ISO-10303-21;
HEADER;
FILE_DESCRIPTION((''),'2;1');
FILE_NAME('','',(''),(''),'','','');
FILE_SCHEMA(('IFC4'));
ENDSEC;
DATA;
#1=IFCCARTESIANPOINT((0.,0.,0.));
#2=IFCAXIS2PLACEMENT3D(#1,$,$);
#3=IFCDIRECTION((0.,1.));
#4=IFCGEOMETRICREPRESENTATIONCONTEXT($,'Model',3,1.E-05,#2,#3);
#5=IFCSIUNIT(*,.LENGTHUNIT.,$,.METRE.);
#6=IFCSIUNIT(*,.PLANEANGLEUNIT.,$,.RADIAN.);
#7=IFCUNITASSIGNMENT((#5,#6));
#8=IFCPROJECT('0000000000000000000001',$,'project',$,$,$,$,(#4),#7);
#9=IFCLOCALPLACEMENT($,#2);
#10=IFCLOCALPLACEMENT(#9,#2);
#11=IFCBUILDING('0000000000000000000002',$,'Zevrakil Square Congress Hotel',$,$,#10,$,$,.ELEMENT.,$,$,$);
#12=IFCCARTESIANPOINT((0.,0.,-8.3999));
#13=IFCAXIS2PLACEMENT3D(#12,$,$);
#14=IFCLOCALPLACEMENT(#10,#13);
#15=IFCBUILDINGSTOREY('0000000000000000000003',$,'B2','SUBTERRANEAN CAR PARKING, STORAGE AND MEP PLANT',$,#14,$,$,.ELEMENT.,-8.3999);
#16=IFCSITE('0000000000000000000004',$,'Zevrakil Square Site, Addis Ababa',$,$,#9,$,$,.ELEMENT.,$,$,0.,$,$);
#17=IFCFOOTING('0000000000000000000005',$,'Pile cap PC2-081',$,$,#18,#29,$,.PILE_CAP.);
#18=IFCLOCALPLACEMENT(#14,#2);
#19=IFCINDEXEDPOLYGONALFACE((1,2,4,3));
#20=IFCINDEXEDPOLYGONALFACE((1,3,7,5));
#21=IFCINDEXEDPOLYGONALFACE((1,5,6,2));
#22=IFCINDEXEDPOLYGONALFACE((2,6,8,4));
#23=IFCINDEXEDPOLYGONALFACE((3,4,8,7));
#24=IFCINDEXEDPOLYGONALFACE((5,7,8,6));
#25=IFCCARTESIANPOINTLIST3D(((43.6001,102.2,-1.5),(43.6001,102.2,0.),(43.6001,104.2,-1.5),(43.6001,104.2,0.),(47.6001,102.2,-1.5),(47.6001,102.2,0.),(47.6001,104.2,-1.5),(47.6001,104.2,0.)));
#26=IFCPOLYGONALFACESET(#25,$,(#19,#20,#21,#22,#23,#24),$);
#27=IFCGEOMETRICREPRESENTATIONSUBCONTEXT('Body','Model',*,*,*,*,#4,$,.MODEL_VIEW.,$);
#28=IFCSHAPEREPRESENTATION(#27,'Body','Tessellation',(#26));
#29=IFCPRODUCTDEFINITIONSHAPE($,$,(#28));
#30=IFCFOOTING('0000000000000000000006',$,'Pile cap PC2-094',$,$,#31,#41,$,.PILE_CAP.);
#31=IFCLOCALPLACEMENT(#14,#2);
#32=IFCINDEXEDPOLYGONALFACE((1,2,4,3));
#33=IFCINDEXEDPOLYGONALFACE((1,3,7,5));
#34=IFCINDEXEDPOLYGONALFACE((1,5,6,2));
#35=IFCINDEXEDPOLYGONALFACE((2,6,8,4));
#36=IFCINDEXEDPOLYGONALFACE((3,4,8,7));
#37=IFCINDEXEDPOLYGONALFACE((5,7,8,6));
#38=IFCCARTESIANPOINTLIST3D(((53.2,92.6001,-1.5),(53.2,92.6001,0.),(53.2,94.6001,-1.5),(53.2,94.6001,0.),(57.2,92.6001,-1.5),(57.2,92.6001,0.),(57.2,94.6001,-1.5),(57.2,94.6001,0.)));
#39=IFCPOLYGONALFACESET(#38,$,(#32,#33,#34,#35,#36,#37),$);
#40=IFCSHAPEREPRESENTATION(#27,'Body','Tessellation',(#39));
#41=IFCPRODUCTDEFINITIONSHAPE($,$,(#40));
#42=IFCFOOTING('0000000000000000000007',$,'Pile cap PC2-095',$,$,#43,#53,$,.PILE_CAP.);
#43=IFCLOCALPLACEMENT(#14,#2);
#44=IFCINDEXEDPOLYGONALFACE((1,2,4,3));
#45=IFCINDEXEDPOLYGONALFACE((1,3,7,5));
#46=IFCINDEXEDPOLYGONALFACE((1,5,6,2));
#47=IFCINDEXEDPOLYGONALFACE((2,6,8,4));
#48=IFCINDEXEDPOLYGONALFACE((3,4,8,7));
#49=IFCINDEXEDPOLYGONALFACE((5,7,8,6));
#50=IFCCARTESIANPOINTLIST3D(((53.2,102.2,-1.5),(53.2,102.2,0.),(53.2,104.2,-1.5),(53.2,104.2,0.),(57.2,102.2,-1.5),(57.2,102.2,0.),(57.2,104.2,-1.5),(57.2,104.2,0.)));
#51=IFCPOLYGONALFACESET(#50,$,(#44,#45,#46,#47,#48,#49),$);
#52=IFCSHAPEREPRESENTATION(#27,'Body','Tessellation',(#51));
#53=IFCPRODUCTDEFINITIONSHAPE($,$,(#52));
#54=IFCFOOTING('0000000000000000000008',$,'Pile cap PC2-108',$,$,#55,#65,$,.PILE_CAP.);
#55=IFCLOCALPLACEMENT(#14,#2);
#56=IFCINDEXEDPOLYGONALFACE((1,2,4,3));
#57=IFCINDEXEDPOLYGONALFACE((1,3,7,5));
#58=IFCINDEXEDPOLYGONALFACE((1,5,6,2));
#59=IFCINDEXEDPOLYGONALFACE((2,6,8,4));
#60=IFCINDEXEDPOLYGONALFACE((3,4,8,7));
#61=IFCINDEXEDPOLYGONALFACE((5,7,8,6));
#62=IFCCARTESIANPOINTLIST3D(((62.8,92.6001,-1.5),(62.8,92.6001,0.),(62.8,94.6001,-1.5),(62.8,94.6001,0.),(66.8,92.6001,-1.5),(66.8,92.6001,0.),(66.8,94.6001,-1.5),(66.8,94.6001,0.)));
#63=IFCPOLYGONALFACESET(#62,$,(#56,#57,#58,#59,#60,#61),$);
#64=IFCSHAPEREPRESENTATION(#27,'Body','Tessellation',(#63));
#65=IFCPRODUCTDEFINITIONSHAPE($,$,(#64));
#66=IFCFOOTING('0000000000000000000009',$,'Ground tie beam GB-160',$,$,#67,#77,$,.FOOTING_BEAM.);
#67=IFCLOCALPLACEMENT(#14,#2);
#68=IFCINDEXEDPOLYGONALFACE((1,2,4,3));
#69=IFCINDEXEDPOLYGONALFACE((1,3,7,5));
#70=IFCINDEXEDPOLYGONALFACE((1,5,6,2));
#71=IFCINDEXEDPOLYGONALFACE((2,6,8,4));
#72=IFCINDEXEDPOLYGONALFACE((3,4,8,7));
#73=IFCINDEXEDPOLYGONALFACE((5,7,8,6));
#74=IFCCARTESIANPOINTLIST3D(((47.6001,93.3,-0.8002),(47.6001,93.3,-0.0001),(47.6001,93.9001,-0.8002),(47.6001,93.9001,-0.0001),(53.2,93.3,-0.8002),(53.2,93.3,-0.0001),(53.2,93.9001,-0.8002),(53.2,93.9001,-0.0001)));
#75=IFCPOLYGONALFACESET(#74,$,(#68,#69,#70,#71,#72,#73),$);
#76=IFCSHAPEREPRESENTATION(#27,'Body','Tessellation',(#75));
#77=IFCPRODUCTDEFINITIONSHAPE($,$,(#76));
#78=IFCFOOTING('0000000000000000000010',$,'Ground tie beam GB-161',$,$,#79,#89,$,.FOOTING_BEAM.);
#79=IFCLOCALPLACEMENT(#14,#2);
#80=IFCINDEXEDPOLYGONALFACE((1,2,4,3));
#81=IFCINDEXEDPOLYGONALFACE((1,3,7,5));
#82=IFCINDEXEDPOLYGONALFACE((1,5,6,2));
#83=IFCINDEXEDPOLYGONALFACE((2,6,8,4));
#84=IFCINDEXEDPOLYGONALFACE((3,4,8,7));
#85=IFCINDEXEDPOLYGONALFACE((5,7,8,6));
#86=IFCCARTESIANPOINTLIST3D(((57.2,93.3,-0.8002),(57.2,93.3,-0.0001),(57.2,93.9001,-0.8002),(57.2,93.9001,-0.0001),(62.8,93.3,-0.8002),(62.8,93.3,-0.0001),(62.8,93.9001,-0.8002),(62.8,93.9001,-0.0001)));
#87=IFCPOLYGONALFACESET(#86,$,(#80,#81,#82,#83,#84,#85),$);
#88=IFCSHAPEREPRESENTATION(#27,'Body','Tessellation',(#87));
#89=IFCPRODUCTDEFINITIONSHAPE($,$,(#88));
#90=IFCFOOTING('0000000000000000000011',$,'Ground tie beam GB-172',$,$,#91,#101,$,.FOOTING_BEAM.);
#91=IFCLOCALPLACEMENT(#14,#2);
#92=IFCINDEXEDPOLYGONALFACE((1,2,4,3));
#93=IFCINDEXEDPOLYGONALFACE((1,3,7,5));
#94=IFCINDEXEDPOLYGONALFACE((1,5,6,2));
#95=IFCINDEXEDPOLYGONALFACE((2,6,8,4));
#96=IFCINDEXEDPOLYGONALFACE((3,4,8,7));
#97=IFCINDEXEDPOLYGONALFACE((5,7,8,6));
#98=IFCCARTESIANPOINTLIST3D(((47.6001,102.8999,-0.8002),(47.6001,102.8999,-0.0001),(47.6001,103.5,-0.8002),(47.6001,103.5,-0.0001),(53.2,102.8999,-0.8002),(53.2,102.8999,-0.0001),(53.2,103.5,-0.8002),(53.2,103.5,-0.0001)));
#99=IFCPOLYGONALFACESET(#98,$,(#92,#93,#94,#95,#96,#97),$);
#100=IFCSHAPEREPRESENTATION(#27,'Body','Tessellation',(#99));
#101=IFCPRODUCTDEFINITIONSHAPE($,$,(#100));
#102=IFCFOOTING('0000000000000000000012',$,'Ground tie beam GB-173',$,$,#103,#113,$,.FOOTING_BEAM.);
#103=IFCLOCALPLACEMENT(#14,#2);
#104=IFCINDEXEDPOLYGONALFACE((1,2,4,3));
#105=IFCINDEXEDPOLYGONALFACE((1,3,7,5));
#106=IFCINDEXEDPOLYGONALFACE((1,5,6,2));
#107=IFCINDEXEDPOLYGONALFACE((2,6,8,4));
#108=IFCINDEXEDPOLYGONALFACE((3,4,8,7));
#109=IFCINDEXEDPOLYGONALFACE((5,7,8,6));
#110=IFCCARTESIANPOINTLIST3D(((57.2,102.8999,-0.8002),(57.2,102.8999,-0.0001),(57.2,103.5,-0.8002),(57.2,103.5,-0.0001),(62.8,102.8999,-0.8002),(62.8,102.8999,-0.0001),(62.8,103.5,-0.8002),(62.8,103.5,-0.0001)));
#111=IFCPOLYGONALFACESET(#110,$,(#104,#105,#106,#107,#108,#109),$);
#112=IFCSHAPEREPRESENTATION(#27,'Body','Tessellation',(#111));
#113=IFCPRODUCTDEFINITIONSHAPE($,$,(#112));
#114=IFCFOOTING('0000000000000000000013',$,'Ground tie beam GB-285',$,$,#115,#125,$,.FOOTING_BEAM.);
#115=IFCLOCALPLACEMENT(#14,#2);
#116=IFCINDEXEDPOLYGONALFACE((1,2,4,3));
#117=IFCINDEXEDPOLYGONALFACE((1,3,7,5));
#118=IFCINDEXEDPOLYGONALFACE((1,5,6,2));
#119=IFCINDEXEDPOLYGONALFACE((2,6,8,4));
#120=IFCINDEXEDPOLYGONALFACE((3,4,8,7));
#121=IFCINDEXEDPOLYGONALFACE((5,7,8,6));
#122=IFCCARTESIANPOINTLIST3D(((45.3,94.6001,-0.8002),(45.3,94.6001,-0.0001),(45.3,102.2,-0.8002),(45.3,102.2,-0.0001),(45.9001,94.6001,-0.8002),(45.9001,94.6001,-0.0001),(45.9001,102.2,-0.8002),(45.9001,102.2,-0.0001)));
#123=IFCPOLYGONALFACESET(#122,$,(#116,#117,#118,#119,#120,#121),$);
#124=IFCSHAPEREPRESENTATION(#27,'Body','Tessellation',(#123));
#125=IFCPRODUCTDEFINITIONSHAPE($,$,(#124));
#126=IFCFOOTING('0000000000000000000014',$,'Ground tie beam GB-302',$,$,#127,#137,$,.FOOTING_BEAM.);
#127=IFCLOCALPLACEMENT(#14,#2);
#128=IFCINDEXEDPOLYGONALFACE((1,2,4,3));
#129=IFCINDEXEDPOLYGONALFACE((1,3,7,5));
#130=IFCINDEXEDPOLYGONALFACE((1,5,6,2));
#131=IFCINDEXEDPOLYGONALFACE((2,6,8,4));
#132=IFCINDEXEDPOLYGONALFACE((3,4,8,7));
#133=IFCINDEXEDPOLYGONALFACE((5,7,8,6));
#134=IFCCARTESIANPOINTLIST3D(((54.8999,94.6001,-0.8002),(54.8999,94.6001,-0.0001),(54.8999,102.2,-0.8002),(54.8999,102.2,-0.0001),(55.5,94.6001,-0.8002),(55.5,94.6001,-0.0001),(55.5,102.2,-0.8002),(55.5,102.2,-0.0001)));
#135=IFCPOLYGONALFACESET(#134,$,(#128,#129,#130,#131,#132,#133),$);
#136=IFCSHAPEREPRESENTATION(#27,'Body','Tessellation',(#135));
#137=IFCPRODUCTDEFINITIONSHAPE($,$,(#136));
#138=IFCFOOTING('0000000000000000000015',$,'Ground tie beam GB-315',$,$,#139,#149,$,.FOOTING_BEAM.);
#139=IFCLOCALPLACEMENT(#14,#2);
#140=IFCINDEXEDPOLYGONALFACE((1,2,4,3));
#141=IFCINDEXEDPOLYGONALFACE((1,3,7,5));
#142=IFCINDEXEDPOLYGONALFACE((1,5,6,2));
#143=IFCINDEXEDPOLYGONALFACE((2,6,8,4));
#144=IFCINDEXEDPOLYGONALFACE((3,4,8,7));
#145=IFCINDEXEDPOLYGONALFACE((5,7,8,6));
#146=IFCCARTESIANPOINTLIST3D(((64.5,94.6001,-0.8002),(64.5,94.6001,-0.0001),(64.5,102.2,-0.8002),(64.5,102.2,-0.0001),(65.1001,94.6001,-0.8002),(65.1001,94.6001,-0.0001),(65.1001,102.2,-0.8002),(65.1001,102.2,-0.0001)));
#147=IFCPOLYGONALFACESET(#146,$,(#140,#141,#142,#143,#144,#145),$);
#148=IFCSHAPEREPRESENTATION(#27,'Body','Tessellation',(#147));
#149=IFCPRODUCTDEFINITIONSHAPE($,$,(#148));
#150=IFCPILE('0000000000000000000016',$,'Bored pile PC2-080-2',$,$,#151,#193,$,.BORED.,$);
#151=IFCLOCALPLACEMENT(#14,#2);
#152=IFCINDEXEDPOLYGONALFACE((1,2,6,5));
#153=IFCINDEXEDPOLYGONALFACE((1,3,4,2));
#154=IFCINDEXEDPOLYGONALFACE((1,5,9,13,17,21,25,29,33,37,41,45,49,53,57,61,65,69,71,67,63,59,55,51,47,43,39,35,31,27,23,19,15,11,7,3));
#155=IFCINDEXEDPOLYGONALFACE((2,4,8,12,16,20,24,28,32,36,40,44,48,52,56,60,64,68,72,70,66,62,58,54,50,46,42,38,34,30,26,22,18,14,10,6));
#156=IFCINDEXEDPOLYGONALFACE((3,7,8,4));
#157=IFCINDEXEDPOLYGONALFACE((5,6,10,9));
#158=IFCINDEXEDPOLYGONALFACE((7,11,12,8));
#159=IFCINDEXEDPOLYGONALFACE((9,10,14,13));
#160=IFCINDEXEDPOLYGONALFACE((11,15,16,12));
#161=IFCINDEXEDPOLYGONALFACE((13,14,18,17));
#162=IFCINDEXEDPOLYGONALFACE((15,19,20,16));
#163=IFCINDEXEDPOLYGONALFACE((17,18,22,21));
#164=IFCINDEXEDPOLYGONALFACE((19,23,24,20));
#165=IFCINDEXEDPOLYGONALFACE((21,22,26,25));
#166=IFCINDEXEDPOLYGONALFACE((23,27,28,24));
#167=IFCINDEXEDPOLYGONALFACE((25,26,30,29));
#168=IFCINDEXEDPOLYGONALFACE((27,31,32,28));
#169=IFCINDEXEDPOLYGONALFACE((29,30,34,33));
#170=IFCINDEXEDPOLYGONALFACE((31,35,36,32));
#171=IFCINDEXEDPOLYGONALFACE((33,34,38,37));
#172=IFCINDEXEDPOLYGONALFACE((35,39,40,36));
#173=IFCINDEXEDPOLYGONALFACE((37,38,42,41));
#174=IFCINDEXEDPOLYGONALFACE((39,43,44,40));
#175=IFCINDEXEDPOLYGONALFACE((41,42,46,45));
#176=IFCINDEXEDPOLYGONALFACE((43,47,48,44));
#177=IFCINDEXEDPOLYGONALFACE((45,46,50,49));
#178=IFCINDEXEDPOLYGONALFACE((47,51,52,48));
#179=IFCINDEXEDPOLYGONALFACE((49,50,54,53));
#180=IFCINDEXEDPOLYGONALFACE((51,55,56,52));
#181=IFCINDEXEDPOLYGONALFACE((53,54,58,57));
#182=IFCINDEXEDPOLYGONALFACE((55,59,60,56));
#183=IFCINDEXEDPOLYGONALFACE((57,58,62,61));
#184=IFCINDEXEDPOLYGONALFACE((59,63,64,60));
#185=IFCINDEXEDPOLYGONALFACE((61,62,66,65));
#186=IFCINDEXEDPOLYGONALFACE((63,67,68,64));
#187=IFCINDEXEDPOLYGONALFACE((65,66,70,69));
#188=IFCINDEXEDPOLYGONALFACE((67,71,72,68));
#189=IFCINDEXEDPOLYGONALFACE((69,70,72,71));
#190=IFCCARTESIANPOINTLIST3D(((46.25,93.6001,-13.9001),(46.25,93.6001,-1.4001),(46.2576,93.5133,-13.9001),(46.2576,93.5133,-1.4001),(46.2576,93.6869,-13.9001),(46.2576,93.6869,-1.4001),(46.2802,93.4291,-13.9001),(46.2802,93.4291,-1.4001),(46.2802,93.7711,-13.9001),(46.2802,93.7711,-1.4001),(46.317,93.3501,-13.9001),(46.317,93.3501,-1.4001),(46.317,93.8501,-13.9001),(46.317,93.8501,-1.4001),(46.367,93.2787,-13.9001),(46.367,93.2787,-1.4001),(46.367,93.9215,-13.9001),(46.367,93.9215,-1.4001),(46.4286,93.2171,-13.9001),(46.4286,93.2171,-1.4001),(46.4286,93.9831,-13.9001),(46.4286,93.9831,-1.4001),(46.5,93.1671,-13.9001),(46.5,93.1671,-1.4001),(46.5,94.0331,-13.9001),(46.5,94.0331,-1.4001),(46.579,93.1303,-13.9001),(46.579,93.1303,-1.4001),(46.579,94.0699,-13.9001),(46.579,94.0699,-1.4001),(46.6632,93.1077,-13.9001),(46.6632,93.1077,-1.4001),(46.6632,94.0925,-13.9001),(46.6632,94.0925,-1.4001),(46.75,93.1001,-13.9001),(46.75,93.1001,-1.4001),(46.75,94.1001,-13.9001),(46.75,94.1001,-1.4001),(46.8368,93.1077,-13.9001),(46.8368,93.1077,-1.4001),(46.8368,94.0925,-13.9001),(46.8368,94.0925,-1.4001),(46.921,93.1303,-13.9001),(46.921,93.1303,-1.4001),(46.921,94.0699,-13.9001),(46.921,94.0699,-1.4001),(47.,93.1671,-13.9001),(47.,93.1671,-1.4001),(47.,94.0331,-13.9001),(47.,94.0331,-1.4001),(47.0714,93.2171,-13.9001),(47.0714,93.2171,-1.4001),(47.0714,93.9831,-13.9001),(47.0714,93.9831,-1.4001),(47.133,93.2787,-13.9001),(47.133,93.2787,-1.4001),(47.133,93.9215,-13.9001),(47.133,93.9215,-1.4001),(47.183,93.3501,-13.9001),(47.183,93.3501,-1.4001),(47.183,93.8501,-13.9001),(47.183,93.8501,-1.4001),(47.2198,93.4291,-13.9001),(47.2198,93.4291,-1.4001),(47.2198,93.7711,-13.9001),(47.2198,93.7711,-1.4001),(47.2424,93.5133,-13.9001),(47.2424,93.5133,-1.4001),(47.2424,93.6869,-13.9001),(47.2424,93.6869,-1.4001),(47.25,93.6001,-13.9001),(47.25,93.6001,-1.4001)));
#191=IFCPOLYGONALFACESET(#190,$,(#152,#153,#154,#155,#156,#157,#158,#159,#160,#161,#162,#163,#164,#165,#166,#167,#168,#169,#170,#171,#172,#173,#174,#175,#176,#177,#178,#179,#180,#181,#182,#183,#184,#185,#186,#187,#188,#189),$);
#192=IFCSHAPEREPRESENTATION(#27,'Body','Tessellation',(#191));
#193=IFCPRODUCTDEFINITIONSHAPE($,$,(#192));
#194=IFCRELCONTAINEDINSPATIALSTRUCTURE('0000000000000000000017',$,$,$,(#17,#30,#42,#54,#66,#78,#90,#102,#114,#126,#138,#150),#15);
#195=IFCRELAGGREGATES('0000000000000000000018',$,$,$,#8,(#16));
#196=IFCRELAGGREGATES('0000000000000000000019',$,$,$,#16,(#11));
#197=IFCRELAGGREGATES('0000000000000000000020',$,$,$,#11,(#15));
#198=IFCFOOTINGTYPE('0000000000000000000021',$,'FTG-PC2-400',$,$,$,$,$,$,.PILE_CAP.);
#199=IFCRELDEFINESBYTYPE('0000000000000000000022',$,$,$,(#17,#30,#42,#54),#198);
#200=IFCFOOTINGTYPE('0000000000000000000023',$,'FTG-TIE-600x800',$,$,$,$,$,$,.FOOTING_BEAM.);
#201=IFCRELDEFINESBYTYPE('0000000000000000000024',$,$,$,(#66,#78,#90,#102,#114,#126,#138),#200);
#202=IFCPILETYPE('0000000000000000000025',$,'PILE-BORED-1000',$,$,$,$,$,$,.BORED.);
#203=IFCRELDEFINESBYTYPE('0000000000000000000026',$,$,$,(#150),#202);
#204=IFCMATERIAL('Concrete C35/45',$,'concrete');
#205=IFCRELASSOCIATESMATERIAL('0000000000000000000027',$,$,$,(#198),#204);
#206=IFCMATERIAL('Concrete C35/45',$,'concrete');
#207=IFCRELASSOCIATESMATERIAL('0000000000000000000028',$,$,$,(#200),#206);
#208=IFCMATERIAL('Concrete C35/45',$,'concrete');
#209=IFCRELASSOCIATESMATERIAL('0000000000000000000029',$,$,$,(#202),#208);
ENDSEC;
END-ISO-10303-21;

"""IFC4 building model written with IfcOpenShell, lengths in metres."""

from ifc_helpers import new_model, si_unit, direction, frame, origin, origin_2d, place, context, subcontext, project, spatial, rectangle, circle, extrude, material, material_profile, profile_set, type_object, element, save


model = new_model("IFC4")

# Units and contexts
model_context = context("Model", 3, precision=1e-05, world=origin(), true_north=direction((0.0, 1.0)))
body_context = subcontext(model_context, "Body", "Model", "MODEL_VIEW")
ifc_project = project(units=[si_unit("LENGTHUNIT", "METRE"), si_unit("PLANEANGLEUNIT", "RADIAN")], contexts=[model_context])

# Site, building, storey
site_placement = place(None, origin())
site = spatial("IfcSite", under=ifc_project, at=site_placement, Name="Zevrakil Square Site, Addis Ababa", CompositionType="ELEMENT", RefElevation=0.0)
building_placement = place(site_placement, origin())
building = spatial("IfcBuilding", under=site, at=building_placement, Name="Zevrakil Square Congress Hotel", CompositionType="ELEMENT")
storey_placement = place(building_placement, frame((0.0, 0.0, -8.3999)))
storey = spatial("IfcBuildingStorey", under=building, at=storey_placement, Name="B2", Description="SUBTERRANEAN CAR PARKING, STORAGE AND MEP PLANT", CompositionType="ELEMENT", Elevation=-8.3999)

# Footings
ifc_material_1 = material(Name="Concrete C35/45", Category="concrete")
footing_type_1 = type_object("IfcFootingType", Name="FTG-PC2-400", PredefinedType="PILE_CAP", material=ifc_material_1)
for number, where, z_axis, x_axis, name in (
    (1, (45.6001, 103.2, -1.5), (0.0, 0.0, 1.0), (1.0, 0.0, 0.0), "Pile cap PC2-081"),
    (2, (55.2, 93.6001, -1.5), (0.0, 0.0, 1.0), (1.0, 0.0, 0.0), "Pile cap PC2-094"),
    (3, (55.2, 103.2, -1.5), (0.0, 0.0, 1.0), (1.0, 0.0, 0.0), "Pile cap PC2-095"),
    (4, (64.8, 93.6001, -1.5), (0.0, 0.0, 1.0), (1.0, 0.0, 0.0), "Pile cap PC2-108"),
):
    element("IfcFooting", number, at=place(storey_placement, frame(where, z_axis=z_axis, x_axis=x_axis)), inside=storey, type_object=footing_type_1, Name=name, PredefinedType="PILE_CAP", context=body_context, shape_type="SweptSolid", body=[
        extrude(rectangle(XDim=4.0, YDim=2.0, at=origin_2d()), origin(), (0.0, 0.0, 1.0), 1.5),
    ])
ifc_material_2 = material(Name="Concrete C35/45", Category="concrete")
ifc_material_profile_1 = material_profile(ifc_material_2, rectangle(XDim=0.6001, YDim=0.8, at=origin_2d()), Name="RC 600x800")
ifc_profile_set_1 = profile_set([ifc_material_profile_1], Name="Concrete C35/45")
footing_type_2 = type_object("IfcFootingType", Name="FTG-TIE-600x800", PredefinedType="FOOTING_BEAM", material=ifc_profile_set_1)
footing_1_placement = place(storey_placement, frame((47.6001, 93.6001, -0.4001), z_axis=(1.0, 0.0, 0.0), x_axis=(0.0, 1.0, 0.0)))
element("IfcFooting", 5, at=footing_1_placement, inside=storey, type_object=footing_type_2, Name="Ground tie beam GB-160", PredefinedType="FOOTING_BEAM", context=body_context, shape_type="SweptSolid", body=[
    extrude(rectangle(XDim=0.6001, YDim=0.8, at=origin_2d()), origin(), (0.0, 0.0, 1.0), 5.5999),
])
footing_2_placement = place(storey_placement, frame((57.2, 93.6001, -0.4001), z_axis=(1.0, 0.0, 0.0), x_axis=(0.0, 1.0, 0.0)))
element("IfcFooting", 6, at=footing_2_placement, inside=storey, type_object=footing_type_2, Name="Ground tie beam GB-161", PredefinedType="FOOTING_BEAM", context=body_context, shape_type="SweptSolid", body=[
    extrude(rectangle(XDim=0.6001, YDim=0.8, at=origin_2d()), origin(), (0.0, 0.0, 1.0), 5.6001),
])
footing_3_placement = place(storey_placement, frame((47.6001, 103.2, -0.4001), z_axis=(1.0, 0.0, 0.0), x_axis=(0.0, 1.0, 0.0)))
element("IfcFooting", 7, at=footing_3_placement, inside=storey, type_object=footing_type_2, Name="Ground tie beam GB-172", PredefinedType="FOOTING_BEAM", context=body_context, shape_type="SweptSolid", body=[
    extrude(rectangle(XDim=0.6001, YDim=0.8, at=origin_2d()), origin(), (0.0, 0.0, 1.0), 5.5999),
])
footing_4_placement = place(storey_placement, frame((57.2, 103.2, -0.4001), z_axis=(1.0, 0.0, 0.0), x_axis=(0.0, 1.0, 0.0)))
element("IfcFooting", 8, at=footing_4_placement, inside=storey, type_object=footing_type_2, Name="Ground tie beam GB-173", PredefinedType="FOOTING_BEAM", context=body_context, shape_type="SweptSolid", body=[
    extrude(rectangle(XDim=0.6001, YDim=0.8, at=origin_2d()), origin(), (0.0, 0.0, 1.0), 5.6001),
])
for number, where, z_axis, x_axis, name in (
    (9, (45.6001, 94.6001, -0.4001), (0.0, 1.0, 0.0), (-1.0, 0.0, 0.0), "Ground tie beam GB-285"),
    (10, (55.2, 94.6001, -0.4001), (0.0, 1.0, 0.0), (-1.0, 0.0, 0.0), "Ground tie beam GB-302"),
    (11, (64.8, 94.6001, -0.4001), (0.0, 1.0, 0.0), (-1.0, 0.0, 0.0), "Ground tie beam GB-315"),
):
    element("IfcFooting", number, at=place(storey_placement, frame(where, z_axis=z_axis, x_axis=x_axis)), inside=storey, type_object=footing_type_2, Name=name, PredefinedType="FOOTING_BEAM", context=body_context, shape_type="SweptSolid", body=[
        extrude(rectangle(XDim=0.6001, YDim=0.8, at=origin_2d()), origin(), (0.0, 0.0, 1.0), 7.5999),
    ])

# Pile
ifc_material_3 = material(Name="Concrete C35/45", Category="concrete")
ifc_material_profile_2 = material_profile(ifc_material_3, circle(Radius=0.5, at=origin_2d()), Name="PILE D1000")
ifc_profile_set_2 = profile_set([ifc_material_profile_2], Name="Concrete C35/45")
pile_type = type_object("IfcPileType", Name="PILE-BORED-1000", PredefinedType="BORED", material=ifc_profile_set_2)
for number, where, z_axis, x_axis, name in (
    (12, (46.75, 93.6001, -1.4001), (0.0, 0.0, -1.0), (1.0, 0.0, 0.0), "Bored pile PC2-080-2"),
):
    element("IfcPile", number, at=place(storey_placement, frame(where, z_axis=z_axis, x_axis=x_axis)), inside=storey, type_object=pile_type, Name=name, PredefinedType="BORED", context=body_context, shape_type="SweptSolid", body=[
        extrude(circle(Radius=0.5, at=origin_2d()), origin(), (0.0, 0.0, 1.0), 12.5),
    ])

save(model, "model.ifc")
